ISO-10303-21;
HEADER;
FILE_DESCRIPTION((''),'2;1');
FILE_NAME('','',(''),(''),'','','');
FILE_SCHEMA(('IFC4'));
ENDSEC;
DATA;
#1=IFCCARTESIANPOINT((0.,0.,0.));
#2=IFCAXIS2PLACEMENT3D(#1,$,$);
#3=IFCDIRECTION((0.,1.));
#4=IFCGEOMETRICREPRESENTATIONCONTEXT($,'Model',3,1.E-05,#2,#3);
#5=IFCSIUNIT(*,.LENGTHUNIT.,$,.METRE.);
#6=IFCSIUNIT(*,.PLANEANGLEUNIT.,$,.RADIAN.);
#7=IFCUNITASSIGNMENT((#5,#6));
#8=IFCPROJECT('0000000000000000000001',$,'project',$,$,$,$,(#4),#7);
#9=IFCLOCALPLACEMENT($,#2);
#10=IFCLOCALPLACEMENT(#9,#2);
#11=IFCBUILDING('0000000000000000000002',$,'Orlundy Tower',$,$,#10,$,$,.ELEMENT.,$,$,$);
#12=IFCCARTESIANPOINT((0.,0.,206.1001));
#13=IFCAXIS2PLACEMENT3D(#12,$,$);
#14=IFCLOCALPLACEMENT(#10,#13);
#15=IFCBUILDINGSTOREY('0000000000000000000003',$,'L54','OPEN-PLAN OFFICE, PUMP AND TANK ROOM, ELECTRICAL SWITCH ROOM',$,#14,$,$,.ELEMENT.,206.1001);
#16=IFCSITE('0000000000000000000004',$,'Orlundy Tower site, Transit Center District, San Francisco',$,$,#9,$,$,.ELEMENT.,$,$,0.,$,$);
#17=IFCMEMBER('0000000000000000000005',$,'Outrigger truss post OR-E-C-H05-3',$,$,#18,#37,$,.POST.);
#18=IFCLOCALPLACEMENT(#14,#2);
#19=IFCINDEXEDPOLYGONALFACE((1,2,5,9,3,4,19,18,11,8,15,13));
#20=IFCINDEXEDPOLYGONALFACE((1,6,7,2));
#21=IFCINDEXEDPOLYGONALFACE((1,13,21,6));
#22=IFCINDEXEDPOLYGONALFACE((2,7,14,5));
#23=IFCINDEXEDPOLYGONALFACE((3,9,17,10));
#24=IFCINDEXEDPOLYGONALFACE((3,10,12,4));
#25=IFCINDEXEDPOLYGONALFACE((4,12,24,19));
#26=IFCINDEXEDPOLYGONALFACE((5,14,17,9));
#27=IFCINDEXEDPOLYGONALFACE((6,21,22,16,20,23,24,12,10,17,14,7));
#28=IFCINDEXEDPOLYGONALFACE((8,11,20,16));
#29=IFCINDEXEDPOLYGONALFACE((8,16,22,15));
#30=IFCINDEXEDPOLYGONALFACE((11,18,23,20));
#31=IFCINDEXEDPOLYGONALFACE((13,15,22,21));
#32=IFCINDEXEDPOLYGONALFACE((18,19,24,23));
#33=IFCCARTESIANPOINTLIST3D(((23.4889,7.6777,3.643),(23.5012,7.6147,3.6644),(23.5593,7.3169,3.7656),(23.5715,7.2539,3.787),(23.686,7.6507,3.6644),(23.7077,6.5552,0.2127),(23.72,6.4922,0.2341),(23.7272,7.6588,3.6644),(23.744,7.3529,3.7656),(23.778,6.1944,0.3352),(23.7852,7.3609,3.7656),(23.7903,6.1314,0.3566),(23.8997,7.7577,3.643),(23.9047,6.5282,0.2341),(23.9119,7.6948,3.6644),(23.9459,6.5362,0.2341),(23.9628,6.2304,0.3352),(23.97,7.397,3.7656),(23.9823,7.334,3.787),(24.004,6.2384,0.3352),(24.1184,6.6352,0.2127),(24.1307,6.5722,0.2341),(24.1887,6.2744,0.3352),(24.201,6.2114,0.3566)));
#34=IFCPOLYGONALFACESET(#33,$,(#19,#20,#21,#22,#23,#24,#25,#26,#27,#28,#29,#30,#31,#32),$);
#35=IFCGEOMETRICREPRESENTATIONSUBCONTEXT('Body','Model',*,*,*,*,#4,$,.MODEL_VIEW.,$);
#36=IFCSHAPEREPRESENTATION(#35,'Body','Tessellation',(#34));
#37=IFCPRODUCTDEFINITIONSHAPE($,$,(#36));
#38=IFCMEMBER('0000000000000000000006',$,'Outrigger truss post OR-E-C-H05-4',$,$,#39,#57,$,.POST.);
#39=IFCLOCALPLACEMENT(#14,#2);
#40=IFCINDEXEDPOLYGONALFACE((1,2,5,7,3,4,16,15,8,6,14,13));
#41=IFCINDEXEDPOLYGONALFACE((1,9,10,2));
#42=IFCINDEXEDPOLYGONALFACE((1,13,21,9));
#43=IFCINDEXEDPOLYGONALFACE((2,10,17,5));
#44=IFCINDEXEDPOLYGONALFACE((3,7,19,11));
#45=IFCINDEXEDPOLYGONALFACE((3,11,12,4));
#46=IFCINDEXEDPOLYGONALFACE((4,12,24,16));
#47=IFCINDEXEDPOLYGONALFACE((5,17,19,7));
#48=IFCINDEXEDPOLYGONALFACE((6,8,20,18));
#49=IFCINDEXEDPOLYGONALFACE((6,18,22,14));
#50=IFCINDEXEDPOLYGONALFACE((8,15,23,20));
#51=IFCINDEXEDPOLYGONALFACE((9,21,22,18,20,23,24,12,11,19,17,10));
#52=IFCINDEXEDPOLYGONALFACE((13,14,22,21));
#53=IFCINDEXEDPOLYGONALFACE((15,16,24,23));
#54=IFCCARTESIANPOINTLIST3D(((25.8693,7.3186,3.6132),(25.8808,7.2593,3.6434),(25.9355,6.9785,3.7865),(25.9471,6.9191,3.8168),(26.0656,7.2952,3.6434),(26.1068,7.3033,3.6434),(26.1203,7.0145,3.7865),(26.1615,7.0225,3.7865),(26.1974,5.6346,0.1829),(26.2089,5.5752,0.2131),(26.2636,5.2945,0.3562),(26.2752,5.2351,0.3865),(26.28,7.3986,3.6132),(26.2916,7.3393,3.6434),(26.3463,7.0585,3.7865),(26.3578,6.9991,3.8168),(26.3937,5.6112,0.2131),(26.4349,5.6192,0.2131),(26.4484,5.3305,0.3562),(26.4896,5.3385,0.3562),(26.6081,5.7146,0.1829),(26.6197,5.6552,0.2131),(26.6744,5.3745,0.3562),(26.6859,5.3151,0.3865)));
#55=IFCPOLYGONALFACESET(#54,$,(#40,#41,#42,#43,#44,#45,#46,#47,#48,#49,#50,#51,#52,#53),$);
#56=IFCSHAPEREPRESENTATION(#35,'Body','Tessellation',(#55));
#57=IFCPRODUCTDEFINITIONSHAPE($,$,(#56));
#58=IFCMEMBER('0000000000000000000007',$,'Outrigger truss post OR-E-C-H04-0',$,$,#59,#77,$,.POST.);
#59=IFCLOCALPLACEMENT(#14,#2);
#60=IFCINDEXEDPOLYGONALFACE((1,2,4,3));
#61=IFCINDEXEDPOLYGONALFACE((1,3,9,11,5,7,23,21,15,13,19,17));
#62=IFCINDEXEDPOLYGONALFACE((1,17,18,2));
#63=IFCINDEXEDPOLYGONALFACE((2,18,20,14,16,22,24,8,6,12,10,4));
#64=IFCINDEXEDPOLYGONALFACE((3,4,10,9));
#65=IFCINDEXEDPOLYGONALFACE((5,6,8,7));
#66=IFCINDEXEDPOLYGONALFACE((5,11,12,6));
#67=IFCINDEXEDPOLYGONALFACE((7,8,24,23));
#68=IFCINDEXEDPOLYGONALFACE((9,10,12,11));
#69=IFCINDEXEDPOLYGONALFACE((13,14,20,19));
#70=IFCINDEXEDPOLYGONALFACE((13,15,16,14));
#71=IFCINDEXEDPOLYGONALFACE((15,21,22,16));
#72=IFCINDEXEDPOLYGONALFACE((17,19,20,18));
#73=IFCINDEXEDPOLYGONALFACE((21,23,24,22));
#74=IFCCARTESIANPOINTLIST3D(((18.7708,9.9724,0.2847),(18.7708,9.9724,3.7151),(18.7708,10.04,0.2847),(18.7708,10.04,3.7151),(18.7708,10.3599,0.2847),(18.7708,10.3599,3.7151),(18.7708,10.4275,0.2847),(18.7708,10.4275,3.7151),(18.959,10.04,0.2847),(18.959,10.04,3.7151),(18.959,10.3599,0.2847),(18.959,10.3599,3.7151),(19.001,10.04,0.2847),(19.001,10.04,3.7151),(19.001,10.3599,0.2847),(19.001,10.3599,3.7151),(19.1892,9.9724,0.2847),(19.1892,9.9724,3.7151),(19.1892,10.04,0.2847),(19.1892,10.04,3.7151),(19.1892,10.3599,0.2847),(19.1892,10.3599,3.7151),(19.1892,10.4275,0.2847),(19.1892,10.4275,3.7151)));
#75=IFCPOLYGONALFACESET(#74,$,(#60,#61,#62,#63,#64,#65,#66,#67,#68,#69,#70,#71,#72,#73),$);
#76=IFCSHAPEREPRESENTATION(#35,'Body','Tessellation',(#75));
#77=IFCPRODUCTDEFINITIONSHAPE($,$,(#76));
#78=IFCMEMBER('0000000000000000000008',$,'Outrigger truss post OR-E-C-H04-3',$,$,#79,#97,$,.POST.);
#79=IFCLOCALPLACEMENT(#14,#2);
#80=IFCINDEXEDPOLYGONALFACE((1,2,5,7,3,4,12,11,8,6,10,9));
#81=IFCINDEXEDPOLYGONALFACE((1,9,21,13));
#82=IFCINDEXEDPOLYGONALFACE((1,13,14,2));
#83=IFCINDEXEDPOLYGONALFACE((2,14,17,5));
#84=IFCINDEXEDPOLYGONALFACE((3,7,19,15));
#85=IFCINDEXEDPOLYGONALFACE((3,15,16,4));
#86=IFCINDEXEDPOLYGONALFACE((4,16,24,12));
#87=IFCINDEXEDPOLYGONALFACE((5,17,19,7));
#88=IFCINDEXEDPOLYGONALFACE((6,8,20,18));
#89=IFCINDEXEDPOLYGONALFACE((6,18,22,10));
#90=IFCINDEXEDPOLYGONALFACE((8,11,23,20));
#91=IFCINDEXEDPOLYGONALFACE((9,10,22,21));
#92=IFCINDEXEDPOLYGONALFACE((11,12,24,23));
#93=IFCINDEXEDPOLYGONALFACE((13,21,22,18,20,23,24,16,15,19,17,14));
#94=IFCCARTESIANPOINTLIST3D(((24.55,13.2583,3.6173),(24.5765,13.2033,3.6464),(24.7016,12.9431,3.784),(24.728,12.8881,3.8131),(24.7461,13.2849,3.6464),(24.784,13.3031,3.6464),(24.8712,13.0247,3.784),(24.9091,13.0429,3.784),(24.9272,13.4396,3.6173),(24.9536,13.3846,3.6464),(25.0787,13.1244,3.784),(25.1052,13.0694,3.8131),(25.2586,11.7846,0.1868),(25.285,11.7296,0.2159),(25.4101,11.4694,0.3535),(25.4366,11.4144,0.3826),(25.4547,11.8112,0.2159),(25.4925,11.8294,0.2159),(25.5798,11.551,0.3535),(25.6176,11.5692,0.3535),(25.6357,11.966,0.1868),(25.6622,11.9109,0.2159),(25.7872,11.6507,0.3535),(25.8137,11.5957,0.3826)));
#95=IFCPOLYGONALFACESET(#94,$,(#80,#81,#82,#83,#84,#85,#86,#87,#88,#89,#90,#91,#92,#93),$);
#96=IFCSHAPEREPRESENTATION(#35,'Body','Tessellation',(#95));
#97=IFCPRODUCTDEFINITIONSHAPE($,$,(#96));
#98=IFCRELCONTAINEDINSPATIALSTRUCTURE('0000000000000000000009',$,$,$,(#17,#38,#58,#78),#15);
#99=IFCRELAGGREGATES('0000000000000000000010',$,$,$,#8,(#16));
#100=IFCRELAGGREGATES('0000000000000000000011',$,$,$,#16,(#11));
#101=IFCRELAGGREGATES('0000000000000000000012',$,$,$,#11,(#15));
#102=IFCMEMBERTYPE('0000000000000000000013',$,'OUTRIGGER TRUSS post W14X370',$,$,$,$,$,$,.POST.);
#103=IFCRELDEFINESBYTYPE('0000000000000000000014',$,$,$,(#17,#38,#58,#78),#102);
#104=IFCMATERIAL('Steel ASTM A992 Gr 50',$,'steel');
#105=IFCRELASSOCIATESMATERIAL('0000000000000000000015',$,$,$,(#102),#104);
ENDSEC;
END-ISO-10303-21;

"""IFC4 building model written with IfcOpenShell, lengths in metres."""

from ifc_helpers import new_model, si_unit, direction, frame, origin, origin_2d, place, context, subcontext, project, spatial, i_section, extrude, material, material_profile, profile_set, type_object, element, save


model = new_model("IFC4")

# Units and contexts
model_context = context("Model", 3, precision=1e-05, world=origin(), true_north=direction((0.0, 1.0)))
body_context = subcontext(model_context, "Body", "Model", "MODEL_VIEW")
ifc_project = project(units=[si_unit("LENGTHUNIT", "METRE"), si_unit("PLANEANGLEUNIT", "RADIAN")], contexts=[model_context])

# Site, building, storey
site_placement = place(None, origin())
site = spatial("IfcSite", under=ifc_project, at=site_placement, Name="Orlundy Tower site, Transit Center District, San Francisco", CompositionType="ELEMENT", RefElevation=0.0)
building_placement = place(site_placement, origin())
building = spatial("IfcBuilding", under=site, at=building_placement, Name="Orlundy Tower", CompositionType="ELEMENT")
storey_placement = place(building_placement, frame((0.0, 0.0, 206.1001)))
storey = spatial("IfcBuildingStorey", under=building, at=storey_placement, Name="L54", Description="OPEN-PLAN OFFICE, PUMP AND TANK ROOM, ELECTRICAL SWITCH ROOM", CompositionType="ELEMENT", Elevation=206.1001)

# Members
ifc_material_1 = material(Name="Steel ASTM A992 Gr 50", Category="steel")
ifc_material_profile_1 = material_profile(ifc_material_1, i_section(OverallWidth=0.4185, OverallDepth=0.4551, WebThickness=0.042, FlangeThickness=0.0676, at=origin_2d()), Name="W14X370")
ifc_profile_set_1 = profile_set([ifc_material_profile_1], Name="Steel ASTM A992 Gr 50")
member_type_1 = type_object("IfcMemberType", Name="OUTRIGGER TRUSS post W14X370", PredefinedType="POST", material=ifc_profile_set_1)
member_1_placement = place(storey_placement, frame((23.9543, 6.3833, 0.2847), z_axis=(-0.060494, 0.310438, 0.948667), x_axis=(-0.981538, -0.19127, 0.0)))
element("IfcMember", 1, at=member_1_placement, inside=storey, type_object=member_type_1, Name="Outrigger truss post OR-E-C-H05-3", PredefinedType="POST", context=body_context, shape_type="SweptSolid", body=[
    extrude(i_section(OverallWidth=0.4185, OverallDepth=0.4551, WebThickness=0.042, FlangeThickness=0.0676, at=origin_2d()), origin(), (0.0, 0.0, 1.0), 3.616),
])
member_2_placement = place(storey_placement, frame((26.4417, 5.4749, 0.2847), z_axis=(-0.085548, 0.43907, 0.894371), x_axis=(-0.981543, -0.191243, 0.0)))
element("IfcMember", 2, at=member_2_placement, inside=storey, type_object=member_type_1, Name="Outrigger truss post OR-E-C-H05-4", PredefinedType="POST", context=body_context, shape_type="SweptSolid", body=[
    extrude(i_section(OverallWidth=0.4185, OverallDepth=0.4551, WebThickness=0.042, FlangeThickness=0.0676, at=origin_2d()), origin(), (0.0, 0.0, 1.0), 3.8354),
])
member_3_placement = place(storey_placement, frame((18.98, 10.2, 0.2847), z_axis=(0.0, 0.0, 1.0), x_axis=(1.0, 0.0, 0.0)))
element("IfcMember", 3, at=member_3_placement, inside=storey, type_object=member_type_1, Name="Outrigger truss post OR-E-C-H04-0", PredefinedType="POST", context=body_context, shape_type="SweptSolid", body=[
    extrude(i_section(OverallWidth=0.4185, OverallDepth=0.4551, WebThickness=0.042, FlangeThickness=0.0676, at=origin_2d()), origin(), (0.0, 0.0, 1.0), 3.4304),
])
member_4_placement = place(storey_placement, frame((25.5361, 11.6902, 0.2847), z_axis=(-0.186438, 0.38778, 0.9027), x_axis=(-0.901248, -0.433304, 0.0)))
element("IfcMember", 4, at=member_4_placement, inside=storey, type_object=member_type_1, Name="Outrigger truss post OR-E-C-H04-3", PredefinedType="POST", context=body_context, shape_type="SweptSolid", body=[
    extrude(i_section(OverallWidth=0.4185, OverallDepth=0.4551, WebThickness=0.042, FlangeThickness=0.0676, at=origin_2d()), origin(), (0.0, 0.0, 1.0), 3.8003),
])

save(model, "model.ifc")
